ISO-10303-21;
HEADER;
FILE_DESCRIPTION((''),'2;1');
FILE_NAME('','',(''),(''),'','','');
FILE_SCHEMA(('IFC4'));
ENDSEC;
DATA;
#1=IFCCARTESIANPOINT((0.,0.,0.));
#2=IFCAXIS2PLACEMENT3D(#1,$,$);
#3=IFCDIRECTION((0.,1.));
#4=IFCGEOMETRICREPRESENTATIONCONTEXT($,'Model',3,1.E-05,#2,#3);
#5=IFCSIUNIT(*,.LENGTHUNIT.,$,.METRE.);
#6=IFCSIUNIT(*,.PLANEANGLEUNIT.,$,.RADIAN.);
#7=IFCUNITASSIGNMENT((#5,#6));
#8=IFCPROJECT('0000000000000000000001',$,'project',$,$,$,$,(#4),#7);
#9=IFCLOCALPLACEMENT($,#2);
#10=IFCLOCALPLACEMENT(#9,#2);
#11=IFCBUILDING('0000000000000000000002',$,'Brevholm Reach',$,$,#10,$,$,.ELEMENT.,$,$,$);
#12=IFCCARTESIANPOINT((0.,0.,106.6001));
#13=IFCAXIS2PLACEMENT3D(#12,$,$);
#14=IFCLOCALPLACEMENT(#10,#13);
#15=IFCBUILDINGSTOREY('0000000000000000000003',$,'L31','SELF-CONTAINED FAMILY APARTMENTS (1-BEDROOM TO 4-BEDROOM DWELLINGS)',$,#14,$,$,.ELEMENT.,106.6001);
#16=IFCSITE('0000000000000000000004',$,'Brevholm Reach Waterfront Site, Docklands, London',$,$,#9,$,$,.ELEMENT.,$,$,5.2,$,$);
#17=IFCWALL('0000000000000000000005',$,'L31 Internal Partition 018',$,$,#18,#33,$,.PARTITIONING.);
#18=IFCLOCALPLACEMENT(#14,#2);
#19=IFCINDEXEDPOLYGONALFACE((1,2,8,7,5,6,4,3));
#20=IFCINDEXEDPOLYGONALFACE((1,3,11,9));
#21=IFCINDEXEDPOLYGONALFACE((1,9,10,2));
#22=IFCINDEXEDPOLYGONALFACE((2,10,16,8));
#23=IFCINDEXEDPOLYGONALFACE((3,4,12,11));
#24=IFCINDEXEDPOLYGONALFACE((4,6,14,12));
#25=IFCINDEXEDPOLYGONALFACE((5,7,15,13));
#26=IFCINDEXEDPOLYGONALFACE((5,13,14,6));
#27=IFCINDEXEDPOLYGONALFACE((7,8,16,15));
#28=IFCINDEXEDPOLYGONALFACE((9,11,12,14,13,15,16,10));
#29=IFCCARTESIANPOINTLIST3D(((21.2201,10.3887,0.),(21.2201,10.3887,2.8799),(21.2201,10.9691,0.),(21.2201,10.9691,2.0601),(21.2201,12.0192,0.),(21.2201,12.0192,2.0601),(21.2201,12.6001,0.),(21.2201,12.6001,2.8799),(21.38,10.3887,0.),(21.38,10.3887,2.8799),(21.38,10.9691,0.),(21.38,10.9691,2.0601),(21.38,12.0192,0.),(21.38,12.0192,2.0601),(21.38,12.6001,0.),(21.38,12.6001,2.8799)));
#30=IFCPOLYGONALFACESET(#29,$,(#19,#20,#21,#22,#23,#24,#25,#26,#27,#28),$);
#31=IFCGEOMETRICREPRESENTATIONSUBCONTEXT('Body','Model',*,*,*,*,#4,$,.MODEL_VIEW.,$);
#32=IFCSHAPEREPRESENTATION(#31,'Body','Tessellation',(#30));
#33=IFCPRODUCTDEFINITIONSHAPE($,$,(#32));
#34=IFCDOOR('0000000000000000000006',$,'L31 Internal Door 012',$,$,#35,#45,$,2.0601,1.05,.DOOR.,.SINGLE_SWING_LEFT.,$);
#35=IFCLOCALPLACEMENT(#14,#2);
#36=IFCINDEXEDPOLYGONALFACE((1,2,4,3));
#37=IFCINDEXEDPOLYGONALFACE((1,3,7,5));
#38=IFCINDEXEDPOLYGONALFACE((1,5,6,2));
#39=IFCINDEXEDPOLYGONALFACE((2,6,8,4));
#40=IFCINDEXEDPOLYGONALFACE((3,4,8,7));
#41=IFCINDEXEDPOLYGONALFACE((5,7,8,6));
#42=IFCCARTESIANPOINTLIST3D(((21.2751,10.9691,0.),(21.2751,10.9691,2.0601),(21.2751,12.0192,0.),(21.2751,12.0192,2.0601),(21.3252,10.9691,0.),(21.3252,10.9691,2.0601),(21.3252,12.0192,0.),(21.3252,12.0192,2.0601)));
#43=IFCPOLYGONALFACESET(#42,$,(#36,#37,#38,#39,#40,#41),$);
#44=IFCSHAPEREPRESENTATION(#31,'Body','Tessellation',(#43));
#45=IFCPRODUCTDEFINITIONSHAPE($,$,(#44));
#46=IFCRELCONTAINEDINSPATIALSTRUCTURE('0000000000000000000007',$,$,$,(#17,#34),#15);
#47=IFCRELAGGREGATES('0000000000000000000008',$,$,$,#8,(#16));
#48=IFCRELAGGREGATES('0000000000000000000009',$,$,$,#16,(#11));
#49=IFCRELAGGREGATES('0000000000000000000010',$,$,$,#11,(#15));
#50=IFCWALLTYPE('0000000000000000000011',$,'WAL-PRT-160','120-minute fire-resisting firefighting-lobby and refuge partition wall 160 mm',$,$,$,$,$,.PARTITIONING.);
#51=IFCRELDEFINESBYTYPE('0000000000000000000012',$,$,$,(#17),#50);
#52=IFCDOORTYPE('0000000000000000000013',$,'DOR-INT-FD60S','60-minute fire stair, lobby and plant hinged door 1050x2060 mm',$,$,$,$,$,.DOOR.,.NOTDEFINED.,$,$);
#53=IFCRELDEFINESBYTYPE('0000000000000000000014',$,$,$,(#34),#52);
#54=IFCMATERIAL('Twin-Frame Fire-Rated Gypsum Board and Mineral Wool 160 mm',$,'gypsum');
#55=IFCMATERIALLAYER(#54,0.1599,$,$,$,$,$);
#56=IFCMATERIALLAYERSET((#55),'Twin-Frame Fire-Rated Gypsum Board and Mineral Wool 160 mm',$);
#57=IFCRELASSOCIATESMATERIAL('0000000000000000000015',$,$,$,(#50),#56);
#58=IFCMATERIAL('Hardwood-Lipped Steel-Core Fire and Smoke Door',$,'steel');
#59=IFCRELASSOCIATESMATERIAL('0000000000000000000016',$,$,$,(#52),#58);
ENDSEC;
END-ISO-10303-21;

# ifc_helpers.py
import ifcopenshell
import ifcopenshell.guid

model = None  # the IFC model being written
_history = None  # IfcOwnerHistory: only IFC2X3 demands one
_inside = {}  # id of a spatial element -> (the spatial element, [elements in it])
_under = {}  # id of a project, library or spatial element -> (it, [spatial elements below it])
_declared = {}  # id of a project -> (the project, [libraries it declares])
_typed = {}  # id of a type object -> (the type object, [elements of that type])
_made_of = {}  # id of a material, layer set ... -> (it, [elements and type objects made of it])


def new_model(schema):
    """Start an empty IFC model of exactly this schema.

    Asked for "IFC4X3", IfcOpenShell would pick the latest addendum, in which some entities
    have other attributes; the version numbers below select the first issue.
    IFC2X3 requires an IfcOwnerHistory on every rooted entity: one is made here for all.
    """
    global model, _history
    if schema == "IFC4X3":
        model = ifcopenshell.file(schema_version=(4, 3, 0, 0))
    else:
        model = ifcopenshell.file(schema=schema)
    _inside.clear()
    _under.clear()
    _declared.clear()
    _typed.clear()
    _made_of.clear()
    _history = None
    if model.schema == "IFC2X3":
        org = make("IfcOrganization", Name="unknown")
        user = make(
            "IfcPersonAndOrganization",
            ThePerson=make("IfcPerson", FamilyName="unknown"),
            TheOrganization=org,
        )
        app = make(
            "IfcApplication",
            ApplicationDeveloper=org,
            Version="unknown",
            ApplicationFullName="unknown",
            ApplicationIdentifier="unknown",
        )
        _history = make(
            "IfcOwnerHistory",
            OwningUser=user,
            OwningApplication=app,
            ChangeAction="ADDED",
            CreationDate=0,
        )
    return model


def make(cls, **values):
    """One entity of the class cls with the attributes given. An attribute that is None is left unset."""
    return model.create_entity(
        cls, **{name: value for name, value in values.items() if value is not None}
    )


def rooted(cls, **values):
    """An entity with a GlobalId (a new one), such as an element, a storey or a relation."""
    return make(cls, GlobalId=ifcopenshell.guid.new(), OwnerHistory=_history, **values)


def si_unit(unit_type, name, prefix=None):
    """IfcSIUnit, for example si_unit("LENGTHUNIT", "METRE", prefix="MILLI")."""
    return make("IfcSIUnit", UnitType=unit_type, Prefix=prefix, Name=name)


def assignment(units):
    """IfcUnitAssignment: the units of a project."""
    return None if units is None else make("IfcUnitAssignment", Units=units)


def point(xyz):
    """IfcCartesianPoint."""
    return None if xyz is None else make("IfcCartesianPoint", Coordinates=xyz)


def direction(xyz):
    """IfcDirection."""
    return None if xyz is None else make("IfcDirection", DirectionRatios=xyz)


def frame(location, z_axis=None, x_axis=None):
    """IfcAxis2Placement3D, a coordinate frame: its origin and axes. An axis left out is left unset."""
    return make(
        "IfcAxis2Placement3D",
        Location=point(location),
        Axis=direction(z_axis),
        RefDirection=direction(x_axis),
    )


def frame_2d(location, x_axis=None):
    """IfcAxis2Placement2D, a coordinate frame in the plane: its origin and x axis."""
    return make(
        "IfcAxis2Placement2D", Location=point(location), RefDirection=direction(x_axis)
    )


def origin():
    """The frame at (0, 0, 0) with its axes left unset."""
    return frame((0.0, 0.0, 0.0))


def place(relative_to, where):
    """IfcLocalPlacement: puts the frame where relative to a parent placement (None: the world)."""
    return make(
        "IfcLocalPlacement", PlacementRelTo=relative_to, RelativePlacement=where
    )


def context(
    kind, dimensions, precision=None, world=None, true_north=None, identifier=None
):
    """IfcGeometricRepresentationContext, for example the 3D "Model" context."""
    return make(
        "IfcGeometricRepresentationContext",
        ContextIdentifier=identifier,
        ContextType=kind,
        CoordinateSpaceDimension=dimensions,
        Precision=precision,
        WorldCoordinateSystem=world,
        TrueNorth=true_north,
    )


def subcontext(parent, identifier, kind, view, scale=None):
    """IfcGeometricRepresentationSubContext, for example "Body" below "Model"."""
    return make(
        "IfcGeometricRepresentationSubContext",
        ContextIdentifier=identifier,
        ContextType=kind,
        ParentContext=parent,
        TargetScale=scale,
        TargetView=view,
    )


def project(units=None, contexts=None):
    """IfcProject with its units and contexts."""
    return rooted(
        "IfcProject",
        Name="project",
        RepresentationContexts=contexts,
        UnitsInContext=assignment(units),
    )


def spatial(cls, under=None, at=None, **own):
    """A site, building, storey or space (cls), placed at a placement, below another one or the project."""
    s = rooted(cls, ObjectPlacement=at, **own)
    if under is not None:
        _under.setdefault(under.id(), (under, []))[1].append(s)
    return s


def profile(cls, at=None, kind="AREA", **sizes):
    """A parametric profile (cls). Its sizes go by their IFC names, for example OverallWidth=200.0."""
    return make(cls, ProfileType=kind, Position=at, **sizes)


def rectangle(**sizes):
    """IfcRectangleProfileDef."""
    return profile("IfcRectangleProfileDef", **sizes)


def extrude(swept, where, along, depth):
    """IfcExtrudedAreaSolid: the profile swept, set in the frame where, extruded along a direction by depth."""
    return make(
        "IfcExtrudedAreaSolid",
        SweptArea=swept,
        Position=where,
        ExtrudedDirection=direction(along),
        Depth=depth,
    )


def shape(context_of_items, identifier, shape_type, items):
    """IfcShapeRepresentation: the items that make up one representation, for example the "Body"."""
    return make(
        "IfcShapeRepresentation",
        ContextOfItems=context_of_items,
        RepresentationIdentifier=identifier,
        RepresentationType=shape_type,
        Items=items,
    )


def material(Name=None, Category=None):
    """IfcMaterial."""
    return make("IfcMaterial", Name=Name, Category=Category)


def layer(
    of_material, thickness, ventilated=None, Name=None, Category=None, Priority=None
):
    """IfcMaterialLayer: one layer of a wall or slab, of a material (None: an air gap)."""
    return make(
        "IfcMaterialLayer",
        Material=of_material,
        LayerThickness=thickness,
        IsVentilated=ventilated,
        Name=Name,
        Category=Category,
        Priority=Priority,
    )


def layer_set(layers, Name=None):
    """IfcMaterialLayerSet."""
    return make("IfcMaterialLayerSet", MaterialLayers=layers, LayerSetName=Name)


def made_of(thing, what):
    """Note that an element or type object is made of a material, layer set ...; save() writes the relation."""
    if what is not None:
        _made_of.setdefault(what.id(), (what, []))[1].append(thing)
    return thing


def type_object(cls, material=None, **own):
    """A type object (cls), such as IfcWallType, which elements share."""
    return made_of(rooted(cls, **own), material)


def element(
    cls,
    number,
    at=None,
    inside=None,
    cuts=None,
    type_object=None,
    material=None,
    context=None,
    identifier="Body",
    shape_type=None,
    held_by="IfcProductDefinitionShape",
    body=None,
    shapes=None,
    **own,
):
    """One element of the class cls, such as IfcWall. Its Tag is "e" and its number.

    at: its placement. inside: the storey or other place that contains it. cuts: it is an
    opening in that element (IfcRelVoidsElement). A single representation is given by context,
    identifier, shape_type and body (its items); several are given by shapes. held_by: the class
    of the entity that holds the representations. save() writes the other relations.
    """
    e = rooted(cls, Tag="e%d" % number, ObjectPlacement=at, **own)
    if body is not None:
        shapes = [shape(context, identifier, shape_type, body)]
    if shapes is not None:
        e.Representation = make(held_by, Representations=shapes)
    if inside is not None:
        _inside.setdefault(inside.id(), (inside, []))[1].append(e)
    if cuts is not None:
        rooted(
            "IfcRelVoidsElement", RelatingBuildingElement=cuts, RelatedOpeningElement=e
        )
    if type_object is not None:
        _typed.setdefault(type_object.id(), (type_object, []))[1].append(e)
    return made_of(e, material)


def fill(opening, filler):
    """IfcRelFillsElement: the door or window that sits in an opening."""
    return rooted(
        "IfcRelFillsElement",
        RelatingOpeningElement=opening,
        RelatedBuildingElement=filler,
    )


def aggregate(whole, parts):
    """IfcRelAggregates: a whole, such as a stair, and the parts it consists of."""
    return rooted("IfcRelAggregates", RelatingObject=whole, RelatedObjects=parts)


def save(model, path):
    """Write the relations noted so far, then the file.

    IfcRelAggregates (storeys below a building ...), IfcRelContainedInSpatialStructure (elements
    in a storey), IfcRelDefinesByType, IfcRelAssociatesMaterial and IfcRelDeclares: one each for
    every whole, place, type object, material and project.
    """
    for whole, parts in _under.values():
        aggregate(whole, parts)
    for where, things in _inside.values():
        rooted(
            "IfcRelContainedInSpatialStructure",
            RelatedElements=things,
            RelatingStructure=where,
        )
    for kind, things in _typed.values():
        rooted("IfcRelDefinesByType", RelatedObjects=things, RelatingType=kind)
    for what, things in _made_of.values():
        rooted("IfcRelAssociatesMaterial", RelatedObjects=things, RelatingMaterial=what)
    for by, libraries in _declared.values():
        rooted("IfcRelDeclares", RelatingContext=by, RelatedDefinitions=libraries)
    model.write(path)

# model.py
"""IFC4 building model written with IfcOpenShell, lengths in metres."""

from ifc_helpers import new_model, si_unit, direction, frame, frame_2d, origin, place, context, subcontext, project, spatial, rectangle, extrude, material, layer, layer_set, type_object, element, fill, save


model = new_model("IFC4")

# Units and contexts
model_context = context("Model", 3, precision=1e-05, world=origin(), true_north=direction((0.0, 1.0)))
body_context = subcontext(model_context, "Body", "Model", "MODEL_VIEW")
ifc_project = project(units=[si_unit("LENGTHUNIT", "METRE"), si_unit("PLANEANGLEUNIT", "RADIAN")], contexts=[model_context])

# Site, building, storey
site_placement = place(None, origin())
site = spatial("IfcSite", under=ifc_project, at=site_placement, Name="Brevholm Reach Waterfront Site, Docklands, London", CompositionType="ELEMENT", RefElevation=5.2)
building_placement = place(site_placement, origin())
building = spatial("IfcBuilding", under=site, at=building_placement, Name="Brevholm Reach", CompositionType="ELEMENT")
storey_placement = place(building_placement, frame((0.0, 0.0, 106.6001)))
storey = spatial("IfcBuildingStorey", under=building, at=storey_placement, Name="L31", Description="SELF-CONTAINED FAMILY APARTMENTS (1-BEDROOM TO 4-BEDROOM DWELLINGS)", CompositionType="ELEMENT", Elevation=106.6001)

# Wall, opening, door
ifc_material_1 = material(Name="Twin-Frame Fire-Rated Gypsum Board and Mineral Wool 160 mm", Category="gypsum")
ifc_layer_1 = layer(ifc_material_1, 0.1599)
ifc_layer_set_1 = layer_set([ifc_layer_1], Name="Twin-Frame Fire-Rated Gypsum Board and Mineral Wool 160 mm")
wall_type = type_object("IfcWallType", Name="WAL-PRT-160", Description="120-minute fire-resisting firefighting-lobby and refuge partition wall 160 mm", PredefinedType="PARTITIONING", material=ifc_layer_set_1)
wall_placement = place(storey_placement, frame((21.3, 10.3887, 0.0), z_axis=(0.0, 0.0, 1.0), x_axis=(0.0, 1.0, 0.0)))
wall = element("IfcWall", 1, at=wall_placement, inside=storey, type_object=wall_type, Name="L31 Internal Partition 018", PredefinedType="PARTITIONING", context=body_context, shape_type="SweptSolid", body=[
    extrude(rectangle(XDim=2.2114, YDim=0.1599, at=frame_2d((1.1057, 0.0))), origin(), (0.0, 0.0, 1.0), 2.8799),
])
opening_placement = place(wall_placement, frame((0.5806, 0.0, 0.0)))
opening = element("IfcOpeningElement", 2, at=opening_placement, cuts=wall, PredefinedType="OPENING", context=body_context, shape_type="SweptSolid", body=[
    extrude(rectangle(XDim=1.05, YDim=2.0601, at=frame_2d((0.5249, 1.03))), frame((0.0, 0.0898, 0.0), z_axis=(0.0, -1.0, 0.0), x_axis=(1.0, 0.0, 0.0)), (0.0, 0.0, 1.0), 0.1799),
])
ifc_material_2 = material(Name="Hardwood-Lipped Steel-Core Fire and Smoke Door", Category="steel")
door_type = type_object("IfcDoorType", Name="DOR-INT-FD60S", Description="60-minute fire stair, lobby and plant hinged door 1050x2060 mm", OperationType="NOTDEFINED", PredefinedType="DOOR", material=ifc_material_2)
door_placement = place(opening_placement, origin())
door = element("IfcDoor", 3, at=door_placement, inside=storey, type_object=door_type, Name="L31 Internal Door 012", OperationType="SINGLE_SWING_LEFT", OverallHeight=2.0601, OverallWidth=1.05, PredefinedType="DOOR", context=body_context, shape_type="SweptSolid", body=[
    extrude(rectangle(XDim=1.05, YDim=2.0601, at=frame_2d((0.5249, 1.03))), frame((0.0, 0.0249, 0.0), z_axis=(0.0, -1.0, 0.0), x_axis=(1.0, 0.0, 0.0)), (0.0, 0.0, 1.0), 0.05),
])
fill(opening, door)

save(model, "model.ifc")
